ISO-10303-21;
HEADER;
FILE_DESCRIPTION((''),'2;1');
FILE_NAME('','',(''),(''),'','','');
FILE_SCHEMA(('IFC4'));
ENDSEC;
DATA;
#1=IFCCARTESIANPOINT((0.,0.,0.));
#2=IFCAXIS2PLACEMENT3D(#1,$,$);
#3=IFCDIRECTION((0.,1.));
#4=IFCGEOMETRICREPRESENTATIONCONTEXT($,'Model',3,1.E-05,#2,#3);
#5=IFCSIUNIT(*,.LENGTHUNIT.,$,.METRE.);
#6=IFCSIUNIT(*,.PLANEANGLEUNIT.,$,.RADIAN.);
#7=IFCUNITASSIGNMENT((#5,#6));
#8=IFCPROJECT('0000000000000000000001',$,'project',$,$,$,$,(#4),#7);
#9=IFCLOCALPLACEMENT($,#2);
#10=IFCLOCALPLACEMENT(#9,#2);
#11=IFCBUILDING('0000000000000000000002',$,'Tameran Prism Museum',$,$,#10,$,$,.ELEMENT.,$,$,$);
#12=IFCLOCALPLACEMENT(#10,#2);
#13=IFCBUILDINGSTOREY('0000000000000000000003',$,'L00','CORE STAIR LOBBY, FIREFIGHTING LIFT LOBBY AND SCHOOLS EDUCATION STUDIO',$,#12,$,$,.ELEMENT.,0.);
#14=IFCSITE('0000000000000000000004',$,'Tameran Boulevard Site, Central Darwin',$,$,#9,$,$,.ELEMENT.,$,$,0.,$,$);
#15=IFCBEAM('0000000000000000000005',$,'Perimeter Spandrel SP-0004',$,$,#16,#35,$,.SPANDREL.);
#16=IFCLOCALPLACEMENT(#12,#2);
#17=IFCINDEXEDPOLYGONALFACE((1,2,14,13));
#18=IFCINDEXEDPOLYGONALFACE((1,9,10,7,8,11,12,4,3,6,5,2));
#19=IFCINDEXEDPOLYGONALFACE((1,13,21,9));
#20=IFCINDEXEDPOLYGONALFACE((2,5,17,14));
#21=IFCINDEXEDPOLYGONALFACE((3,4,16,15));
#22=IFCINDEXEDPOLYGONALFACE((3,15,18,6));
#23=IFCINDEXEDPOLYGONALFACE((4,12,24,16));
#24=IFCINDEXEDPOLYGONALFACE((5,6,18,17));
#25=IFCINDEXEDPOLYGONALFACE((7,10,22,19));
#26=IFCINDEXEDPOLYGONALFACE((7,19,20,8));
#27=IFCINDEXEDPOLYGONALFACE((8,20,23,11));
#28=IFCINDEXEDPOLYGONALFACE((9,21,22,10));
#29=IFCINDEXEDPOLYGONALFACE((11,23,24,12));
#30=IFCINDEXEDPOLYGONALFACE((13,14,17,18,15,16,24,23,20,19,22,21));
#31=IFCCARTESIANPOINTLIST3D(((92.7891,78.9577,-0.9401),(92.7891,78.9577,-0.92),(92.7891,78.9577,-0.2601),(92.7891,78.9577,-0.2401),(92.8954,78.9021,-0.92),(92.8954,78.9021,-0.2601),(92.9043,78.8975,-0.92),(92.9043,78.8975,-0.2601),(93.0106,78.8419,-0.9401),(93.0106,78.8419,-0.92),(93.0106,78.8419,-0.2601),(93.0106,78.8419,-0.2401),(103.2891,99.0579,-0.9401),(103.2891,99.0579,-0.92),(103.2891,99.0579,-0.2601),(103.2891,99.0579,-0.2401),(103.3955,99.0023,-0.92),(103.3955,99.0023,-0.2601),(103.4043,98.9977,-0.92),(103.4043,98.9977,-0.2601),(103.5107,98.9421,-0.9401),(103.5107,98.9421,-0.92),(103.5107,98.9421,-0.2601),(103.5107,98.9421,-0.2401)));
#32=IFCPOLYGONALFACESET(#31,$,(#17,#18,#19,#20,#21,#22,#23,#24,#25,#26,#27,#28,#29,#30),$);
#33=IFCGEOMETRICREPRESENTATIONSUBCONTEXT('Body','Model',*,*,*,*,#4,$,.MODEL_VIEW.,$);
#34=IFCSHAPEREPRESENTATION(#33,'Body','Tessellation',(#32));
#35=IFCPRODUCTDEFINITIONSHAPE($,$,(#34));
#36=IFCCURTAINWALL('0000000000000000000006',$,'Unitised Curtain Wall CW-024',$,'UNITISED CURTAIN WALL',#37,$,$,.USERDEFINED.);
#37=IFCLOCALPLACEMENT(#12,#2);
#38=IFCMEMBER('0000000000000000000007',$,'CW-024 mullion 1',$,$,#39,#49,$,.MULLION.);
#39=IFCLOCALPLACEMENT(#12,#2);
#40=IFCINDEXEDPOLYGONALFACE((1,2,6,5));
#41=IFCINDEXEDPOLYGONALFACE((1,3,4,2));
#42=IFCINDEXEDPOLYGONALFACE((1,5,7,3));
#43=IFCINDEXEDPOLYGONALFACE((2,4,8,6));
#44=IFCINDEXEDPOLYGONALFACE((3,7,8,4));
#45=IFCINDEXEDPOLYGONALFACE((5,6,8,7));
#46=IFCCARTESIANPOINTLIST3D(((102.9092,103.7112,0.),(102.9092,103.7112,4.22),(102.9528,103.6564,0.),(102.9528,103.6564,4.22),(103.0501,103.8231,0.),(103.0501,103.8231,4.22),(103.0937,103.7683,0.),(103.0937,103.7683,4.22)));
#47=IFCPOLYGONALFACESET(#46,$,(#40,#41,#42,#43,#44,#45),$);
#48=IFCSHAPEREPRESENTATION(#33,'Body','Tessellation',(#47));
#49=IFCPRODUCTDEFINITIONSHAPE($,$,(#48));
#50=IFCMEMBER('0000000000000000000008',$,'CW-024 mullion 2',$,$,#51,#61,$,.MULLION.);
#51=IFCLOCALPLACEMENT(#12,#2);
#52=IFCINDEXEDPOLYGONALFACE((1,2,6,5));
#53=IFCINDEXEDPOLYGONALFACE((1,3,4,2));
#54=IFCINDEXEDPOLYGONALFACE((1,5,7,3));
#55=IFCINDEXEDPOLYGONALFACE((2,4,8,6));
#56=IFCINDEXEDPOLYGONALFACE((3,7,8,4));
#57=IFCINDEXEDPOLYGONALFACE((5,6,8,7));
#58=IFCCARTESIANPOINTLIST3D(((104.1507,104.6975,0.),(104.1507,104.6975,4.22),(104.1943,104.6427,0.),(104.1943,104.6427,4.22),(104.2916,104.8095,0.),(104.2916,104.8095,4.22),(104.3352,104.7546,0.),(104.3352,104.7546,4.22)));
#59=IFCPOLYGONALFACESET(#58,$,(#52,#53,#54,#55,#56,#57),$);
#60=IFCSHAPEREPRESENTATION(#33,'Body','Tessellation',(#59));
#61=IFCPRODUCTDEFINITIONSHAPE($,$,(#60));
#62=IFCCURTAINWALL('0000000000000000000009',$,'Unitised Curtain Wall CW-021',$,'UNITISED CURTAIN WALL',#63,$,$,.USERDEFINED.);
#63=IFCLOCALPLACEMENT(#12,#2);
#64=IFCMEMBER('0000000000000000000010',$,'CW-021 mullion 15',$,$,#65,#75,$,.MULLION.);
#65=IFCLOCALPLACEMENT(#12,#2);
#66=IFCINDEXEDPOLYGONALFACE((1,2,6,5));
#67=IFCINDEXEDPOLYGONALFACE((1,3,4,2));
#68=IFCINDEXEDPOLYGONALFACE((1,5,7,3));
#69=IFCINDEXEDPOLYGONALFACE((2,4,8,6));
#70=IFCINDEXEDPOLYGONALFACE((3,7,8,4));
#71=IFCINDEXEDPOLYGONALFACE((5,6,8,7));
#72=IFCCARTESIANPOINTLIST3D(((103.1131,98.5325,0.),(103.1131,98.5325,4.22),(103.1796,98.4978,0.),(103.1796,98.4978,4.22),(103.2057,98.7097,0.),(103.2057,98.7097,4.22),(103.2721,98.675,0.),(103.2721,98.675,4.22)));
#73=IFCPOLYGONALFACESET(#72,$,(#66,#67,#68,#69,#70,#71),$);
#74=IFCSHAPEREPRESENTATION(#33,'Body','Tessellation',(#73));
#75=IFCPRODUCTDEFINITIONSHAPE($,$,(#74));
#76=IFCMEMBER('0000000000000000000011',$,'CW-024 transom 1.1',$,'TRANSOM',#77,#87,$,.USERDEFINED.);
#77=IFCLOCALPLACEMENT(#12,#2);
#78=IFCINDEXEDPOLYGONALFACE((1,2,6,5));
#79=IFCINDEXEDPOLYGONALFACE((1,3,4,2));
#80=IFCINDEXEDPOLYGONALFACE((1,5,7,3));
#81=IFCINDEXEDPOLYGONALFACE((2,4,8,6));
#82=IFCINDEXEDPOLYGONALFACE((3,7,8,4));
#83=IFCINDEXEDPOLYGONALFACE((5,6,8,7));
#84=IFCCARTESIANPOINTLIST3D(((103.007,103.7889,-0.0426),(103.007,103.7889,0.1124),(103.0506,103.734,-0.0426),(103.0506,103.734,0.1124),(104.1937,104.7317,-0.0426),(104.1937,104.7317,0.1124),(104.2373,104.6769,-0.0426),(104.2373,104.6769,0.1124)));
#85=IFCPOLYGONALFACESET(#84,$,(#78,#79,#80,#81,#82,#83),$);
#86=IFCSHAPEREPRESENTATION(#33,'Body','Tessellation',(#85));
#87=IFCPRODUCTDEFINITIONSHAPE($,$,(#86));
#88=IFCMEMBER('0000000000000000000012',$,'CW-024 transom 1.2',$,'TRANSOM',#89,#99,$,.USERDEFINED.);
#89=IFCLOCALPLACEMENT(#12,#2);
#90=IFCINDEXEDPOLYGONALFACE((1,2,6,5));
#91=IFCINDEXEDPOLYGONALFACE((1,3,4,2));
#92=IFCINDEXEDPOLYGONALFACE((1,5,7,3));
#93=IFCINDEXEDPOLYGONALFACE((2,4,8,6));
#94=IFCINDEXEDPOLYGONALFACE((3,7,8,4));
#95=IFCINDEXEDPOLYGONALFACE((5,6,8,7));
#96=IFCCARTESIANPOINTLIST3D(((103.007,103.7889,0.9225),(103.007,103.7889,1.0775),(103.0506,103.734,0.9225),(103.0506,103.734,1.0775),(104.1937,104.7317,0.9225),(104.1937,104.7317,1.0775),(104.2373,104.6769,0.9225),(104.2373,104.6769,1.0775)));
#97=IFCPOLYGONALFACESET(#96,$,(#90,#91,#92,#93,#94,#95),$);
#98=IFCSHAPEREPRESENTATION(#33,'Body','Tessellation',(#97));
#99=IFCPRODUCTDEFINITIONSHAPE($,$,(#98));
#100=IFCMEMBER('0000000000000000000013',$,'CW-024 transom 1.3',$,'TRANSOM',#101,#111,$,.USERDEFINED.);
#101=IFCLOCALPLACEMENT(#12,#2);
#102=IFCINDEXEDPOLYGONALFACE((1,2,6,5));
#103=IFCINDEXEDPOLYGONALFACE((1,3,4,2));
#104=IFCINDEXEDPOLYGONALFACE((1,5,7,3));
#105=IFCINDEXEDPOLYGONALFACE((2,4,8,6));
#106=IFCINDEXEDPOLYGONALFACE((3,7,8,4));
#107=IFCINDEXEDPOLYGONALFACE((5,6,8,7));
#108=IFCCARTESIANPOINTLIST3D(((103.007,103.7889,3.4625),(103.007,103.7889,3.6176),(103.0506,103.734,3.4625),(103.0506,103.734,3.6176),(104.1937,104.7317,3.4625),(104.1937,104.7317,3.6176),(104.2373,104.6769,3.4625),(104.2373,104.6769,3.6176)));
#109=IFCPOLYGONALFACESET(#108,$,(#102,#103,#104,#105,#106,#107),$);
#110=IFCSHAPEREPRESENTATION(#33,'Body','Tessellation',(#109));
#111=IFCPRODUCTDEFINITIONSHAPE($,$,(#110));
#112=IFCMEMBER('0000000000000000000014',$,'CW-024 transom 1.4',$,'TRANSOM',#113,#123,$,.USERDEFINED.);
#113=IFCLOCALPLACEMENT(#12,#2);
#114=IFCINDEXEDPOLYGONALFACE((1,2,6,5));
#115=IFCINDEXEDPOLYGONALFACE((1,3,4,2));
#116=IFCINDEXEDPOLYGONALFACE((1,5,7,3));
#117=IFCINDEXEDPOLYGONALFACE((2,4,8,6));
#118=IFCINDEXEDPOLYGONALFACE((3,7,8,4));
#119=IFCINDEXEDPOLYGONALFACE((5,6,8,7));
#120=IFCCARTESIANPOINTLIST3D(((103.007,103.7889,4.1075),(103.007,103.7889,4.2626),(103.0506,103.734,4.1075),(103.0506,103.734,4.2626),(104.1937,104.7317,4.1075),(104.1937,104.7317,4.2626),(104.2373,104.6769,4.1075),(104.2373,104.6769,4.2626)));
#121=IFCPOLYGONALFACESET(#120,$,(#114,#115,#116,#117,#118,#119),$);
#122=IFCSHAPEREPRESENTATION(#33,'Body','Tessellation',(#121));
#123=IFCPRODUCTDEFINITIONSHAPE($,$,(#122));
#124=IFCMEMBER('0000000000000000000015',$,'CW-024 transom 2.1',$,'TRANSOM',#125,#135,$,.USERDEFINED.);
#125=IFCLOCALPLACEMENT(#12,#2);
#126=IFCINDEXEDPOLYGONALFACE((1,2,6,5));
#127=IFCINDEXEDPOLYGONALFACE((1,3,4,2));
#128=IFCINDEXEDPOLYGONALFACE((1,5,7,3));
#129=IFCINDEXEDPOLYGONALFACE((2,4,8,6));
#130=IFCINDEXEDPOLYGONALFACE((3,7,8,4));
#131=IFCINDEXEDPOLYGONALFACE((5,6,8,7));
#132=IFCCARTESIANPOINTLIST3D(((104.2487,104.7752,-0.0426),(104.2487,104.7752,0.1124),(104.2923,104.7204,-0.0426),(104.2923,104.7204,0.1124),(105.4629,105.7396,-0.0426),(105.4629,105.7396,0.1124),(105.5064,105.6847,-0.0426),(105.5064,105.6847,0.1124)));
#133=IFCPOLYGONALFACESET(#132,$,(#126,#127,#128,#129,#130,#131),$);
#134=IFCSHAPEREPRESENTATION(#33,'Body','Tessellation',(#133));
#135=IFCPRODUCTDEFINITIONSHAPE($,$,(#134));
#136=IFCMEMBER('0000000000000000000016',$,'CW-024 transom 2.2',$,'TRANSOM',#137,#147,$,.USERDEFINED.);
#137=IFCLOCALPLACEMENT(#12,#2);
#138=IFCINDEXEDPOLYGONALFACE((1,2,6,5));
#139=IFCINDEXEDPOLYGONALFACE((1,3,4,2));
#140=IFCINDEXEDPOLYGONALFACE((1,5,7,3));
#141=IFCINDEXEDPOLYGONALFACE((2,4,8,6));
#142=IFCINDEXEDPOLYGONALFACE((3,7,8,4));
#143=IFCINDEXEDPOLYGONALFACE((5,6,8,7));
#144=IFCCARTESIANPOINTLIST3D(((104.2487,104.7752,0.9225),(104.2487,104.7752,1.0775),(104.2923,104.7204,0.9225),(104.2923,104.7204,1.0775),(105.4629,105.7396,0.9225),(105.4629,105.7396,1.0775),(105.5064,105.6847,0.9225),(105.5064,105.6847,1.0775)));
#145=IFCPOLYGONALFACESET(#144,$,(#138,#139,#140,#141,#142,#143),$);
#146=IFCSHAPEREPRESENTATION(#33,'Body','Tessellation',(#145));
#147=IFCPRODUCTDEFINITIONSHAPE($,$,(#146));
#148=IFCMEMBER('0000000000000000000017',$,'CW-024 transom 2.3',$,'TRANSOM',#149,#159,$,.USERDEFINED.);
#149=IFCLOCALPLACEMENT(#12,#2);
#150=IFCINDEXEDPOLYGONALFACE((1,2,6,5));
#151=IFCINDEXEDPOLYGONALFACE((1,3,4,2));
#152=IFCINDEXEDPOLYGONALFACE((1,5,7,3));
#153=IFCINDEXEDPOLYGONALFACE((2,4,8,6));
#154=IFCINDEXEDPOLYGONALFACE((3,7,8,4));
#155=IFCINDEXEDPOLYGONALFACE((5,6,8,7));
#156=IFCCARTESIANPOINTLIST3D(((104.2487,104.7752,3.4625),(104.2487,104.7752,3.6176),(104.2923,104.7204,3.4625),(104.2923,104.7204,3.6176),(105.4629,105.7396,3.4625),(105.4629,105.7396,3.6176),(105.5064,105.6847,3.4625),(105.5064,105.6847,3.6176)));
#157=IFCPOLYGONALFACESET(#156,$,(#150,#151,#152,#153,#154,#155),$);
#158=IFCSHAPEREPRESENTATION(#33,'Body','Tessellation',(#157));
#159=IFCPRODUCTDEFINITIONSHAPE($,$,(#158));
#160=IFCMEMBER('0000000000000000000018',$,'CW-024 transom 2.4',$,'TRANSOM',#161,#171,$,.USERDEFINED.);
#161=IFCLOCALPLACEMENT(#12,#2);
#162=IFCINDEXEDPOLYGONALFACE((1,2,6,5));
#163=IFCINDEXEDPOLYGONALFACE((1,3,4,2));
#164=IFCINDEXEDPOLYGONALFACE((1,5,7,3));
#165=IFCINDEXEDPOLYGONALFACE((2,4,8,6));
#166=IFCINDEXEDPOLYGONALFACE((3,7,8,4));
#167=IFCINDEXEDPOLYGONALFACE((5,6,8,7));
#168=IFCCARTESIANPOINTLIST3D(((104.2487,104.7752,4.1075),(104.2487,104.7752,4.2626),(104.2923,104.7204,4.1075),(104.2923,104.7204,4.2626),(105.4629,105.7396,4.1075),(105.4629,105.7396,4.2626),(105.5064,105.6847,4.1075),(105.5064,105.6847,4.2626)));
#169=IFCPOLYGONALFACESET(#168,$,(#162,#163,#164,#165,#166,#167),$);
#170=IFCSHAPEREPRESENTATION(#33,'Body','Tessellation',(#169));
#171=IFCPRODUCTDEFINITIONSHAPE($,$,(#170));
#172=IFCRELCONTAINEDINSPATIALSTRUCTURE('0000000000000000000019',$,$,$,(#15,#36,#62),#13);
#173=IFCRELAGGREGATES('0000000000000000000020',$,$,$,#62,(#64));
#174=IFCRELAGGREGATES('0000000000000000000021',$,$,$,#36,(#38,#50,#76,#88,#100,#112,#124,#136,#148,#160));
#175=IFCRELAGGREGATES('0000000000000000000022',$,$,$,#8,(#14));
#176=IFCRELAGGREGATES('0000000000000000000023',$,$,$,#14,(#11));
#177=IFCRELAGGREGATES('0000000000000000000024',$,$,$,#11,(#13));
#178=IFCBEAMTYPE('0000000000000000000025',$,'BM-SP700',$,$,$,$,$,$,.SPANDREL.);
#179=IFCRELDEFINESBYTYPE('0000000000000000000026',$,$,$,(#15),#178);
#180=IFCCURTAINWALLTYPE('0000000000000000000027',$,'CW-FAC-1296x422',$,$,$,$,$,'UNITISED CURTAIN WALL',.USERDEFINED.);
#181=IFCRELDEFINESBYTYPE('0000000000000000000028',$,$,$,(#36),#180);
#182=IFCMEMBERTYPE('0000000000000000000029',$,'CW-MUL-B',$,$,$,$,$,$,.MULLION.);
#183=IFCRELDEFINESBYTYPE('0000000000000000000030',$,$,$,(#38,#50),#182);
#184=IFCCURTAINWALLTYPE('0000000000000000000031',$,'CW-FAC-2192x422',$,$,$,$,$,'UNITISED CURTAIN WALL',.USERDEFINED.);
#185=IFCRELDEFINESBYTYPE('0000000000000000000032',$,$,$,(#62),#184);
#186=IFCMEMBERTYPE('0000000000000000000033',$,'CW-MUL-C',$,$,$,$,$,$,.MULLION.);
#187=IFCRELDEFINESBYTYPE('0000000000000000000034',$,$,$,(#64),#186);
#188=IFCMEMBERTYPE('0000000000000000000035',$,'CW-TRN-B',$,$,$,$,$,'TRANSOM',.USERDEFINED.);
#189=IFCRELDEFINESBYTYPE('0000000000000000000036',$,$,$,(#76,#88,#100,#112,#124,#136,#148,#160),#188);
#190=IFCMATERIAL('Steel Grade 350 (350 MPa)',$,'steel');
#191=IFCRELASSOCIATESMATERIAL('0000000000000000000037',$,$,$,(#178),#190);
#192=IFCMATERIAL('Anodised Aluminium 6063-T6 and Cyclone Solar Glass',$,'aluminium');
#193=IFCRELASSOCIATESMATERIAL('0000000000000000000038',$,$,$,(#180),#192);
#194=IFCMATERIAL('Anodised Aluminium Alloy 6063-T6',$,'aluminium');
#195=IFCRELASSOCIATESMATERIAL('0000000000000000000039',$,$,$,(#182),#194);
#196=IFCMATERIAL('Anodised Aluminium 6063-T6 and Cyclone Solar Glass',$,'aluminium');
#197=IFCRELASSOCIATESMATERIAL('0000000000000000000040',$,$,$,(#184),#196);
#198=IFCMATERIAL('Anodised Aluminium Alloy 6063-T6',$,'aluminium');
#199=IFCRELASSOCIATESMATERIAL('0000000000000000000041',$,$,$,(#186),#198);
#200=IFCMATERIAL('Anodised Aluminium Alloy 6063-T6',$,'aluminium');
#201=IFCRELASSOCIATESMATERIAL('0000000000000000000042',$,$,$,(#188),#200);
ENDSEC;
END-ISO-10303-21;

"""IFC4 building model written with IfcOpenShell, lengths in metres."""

from ifc_helpers import new_model, si_unit, direction, frame, origin, origin_2d, place, context, subcontext, project, spatial, rectangle, i_section, extrude, material, material_profile, profile_set, type_object, element, aggregate, save


model = new_model("IFC4")

# Units and contexts
model_context = context("Model", 3, precision=1e-05, world=origin(), true_north=direction((0.0, 1.0)))
body_context = subcontext(model_context, "Body", "Model", "MODEL_VIEW")
ifc_project = project(units=[si_unit("LENGTHUNIT", "METRE"), si_unit("PLANEANGLEUNIT", "RADIAN")], contexts=[model_context])

# Site, building, storey
site_placement = place(None, origin())
site = spatial("IfcSite", under=ifc_project, at=site_placement, Name="Tameran Boulevard Site, Central Darwin", CompositionType="ELEMENT", RefElevation=0.0)
building_placement = place(site_placement, origin())
building = spatial("IfcBuilding", under=site, at=building_placement, Name="Tameran Prism Museum", CompositionType="ELEMENT")
storey_placement = place(building_placement, origin())
storey = spatial("IfcBuildingStorey", under=building, at=storey_placement, Name="L00", Description="CORE STAIR LOBBY, FIREFIGHTING LIFT LOBBY AND SCHOOLS EDUCATION STUDIO", CompositionType="ELEMENT", Elevation=0.0)

# Beam
ifc_material_1 = material(Name="Steel Grade 350 (350 MPa)", Category="steel")
ifc_material_profile_1 = material_profile(ifc_material_1, i_section(OverallWidth=0.25, OverallDepth=0.7, WebThickness=0.01, FlangeThickness=0.02, at=origin_2d()))
ifc_profile_set_1 = profile_set([ifc_material_profile_1])
beam_type_1 = type_object("IfcBeamType", Name="BM-SP700", PredefinedType="SPANDREL", material=ifc_profile_set_1)
beam_1_placement = place(storey_placement, frame((103.3999, 99.0, -0.5901), z_axis=(-0.463016, -0.88635, 0.0), x_axis=(0.88635, -0.463016, 0.0)))
element("IfcBeam", 1, at=beam_1_placement, inside=storey, type_object=beam_type_1, Name="Perimeter Spandrel SP-0004", PredefinedType="SPANDREL", context=body_context, shape_type="SweptSolid", body=[
    extrude(i_section(OverallWidth=0.25, OverallDepth=0.7, WebThickness=0.01, FlangeThickness=0.02, at=origin_2d()), origin(), (0.0, 0.0, 1.0), 22.6775),
])

# Curtain wall, members
ifc_material_2 = material(Name="Anodised Aluminium 6063-T6 and Cyclone Solar Glass", Category="aluminium")
curtain_wall_type_1 = type_object("IfcCurtainWallType", Name="CW-FAC-1296x422", ElementType="UNITISED CURTAIN WALL", PredefinedType="USERDEFINED", material=ifc_material_2)
curtain_wall_1_placement = place(storey_placement, origin())
curtain_wall_1 = element("IfcCurtainWall", 2, at=curtain_wall_1_placement, inside=storey, type_object=curtain_wall_type_1, Name="Unitised Curtain Wall CW-024", ObjectType="UNITISED CURTAIN WALL", PredefinedType="USERDEFINED")
ifc_material_3 = material(Name="Anodised Aluminium Alloy 6063-T6", Category="aluminium")
ifc_material_profile_2 = material_profile(ifc_material_3, rectangle(XDim=0.0701, YDim=0.1799, at=origin_2d()))
ifc_profile_set_2 = profile_set([ifc_material_profile_2])
member_type_1 = type_object("IfcMemberType", Name="CW-MUL-B", PredefinedType="MULLION", material=ifc_profile_set_2)
member_1_placement = place(storey_placement, frame((103.0015, 103.7397, 0.0), z_axis=(0.0, 0.0, 1.0), x_axis=(-0.621982, 0.783031, 0.0)))
member_1 = element("IfcMember", 3, at=member_1_placement, type_object=member_type_1, Name="CW-024 mullion 1", PredefinedType="MULLION", context=body_context, shape_type="SweptSolid", body=[
    extrude(rectangle(XDim=0.0701, YDim=0.1799, at=origin_2d()), origin(), (0.0, 0.0, 1.0), 4.22),
])
member_2_placement = place(storey_placement, frame((104.2429, 104.7261, 0.0), z_axis=(0.0, 0.0, 1.0), x_axis=(-0.621982, 0.783031, 0.0)))
member_2 = element("IfcMember", 4, at=member_2_placement, type_object=member_type_1, Name="CW-024 mullion 2", PredefinedType="MULLION", context=body_context, shape_type="SweptSolid", body=[
    extrude(rectangle(XDim=0.0701, YDim=0.1799, at=origin_2d()), origin(), (0.0, 0.0, 1.0), 4.22),
])

# Curtain wall, member
ifc_material_4 = material(Name="Anodised Aluminium 6063-T6 and Cyclone Solar Glass", Category="aluminium")
curtain_wall_type_2 = type_object("IfcCurtainWallType", Name="CW-FAC-2192x422", ElementType="UNITISED CURTAIN WALL", PredefinedType="USERDEFINED", material=ifc_material_4)
curtain_wall_2_placement = place(storey_placement, origin())
curtain_wall_2 = element("IfcCurtainWall", 5, at=curtain_wall_2_placement, inside=storey, type_object=curtain_wall_type_2, Name="Unitised Curtain Wall CW-021", ObjectType="UNITISED CURTAIN WALL", PredefinedType="USERDEFINED")
ifc_material_5 = material(Name="Anodised Aluminium Alloy 6063-T6", Category="aluminium")
ifc_material_profile_3 = material_profile(ifc_material_5, rectangle(XDim=0.075, YDim=0.2, at=origin_2d()))
ifc_profile_set_3 = profile_set([ifc_material_profile_3])
member_type_2 = type_object("IfcMemberType", Name="CW-MUL-C", PredefinedType="MULLION", material=ifc_profile_set_3)
member_3_placement = place(storey_placement, frame((103.1926, 98.6038, 0.0), z_axis=(0.0, 0.0, 1.0), x_axis=(-0.886357, 0.463003, 0.0)))
member_3 = element("IfcMember", 6, at=member_3_placement, type_object=member_type_2, Name="CW-021 mullion 15", PredefinedType="MULLION", context=body_context, shape_type="SweptSolid", body=[
    extrude(rectangle(XDim=0.075, YDim=0.2, at=origin_2d()), origin(), (0.0, 0.0, 1.0), 4.22),
])

# Members
ifc_material_6 = material(Name="Anodised Aluminium Alloy 6063-T6", Category="aluminium")
ifc_material_profile_4 = material_profile(ifc_material_6, rectangle(XDim=0.0701, YDim=0.155, at=origin_2d()))
ifc_profile_set_4 = profile_set([ifc_material_profile_4])
member_type_3 = type_object("IfcMemberType", Name="CW-TRN-B", ElementType="TRANSOM", PredefinedType="USERDEFINED", material=ifc_profile_set_4)
member_4_placement = place(storey_placement, frame((103.0288, 103.7615, 0.0349), z_axis=(0.78297, 0.622059, 0.0), x_axis=(-0.622059, 0.78297, 0.0)))
member_4 = element("IfcMember", 7, at=member_4_placement, type_object=member_type_3, Name="CW-024 transom 1.1", ObjectType="TRANSOM", PredefinedType="USERDEFINED", context=body_context, shape_type="SweptSolid", body=[
    extrude(rectangle(XDim=0.0701, YDim=0.155, at=origin_2d()), origin(), (0.0, 0.0, 1.0), 1.5156),
])
member_5_placement = place(storey_placement, frame((103.0288, 103.7615, 1.0), z_axis=(0.78297, 0.622059, 0.0), x_axis=(-0.622059, 0.78297, 0.0)))
member_5 = element("IfcMember", 8, at=member_5_placement, type_object=member_type_3, Name="CW-024 transom 1.2", ObjectType="TRANSOM", PredefinedType="USERDEFINED", context=body_context, shape_type="SweptSolid", body=[
    extrude(rectangle(XDim=0.0701, YDim=0.155, at=origin_2d()), origin(), (0.0, 0.0, 1.0), 1.5156),
])
member_6_placement = place(storey_placement, frame((103.0288, 103.7615, 3.54), z_axis=(0.78297, 0.622059, 0.0), x_axis=(-0.622059, 0.78297, 0.0)))
member_6 = element("IfcMember", 9, at=member_6_placement, type_object=member_type_3, Name="CW-024 transom 1.3", ObjectType="TRANSOM", PredefinedType="USERDEFINED", context=body_context, shape_type="SweptSolid", body=[
    extrude(rectangle(XDim=0.0701, YDim=0.155, at=origin_2d()), origin(), (0.0, 0.0, 1.0), 1.5156),
])
member_7_placement = place(storey_placement, frame((103.0288, 103.7615, 4.1851), z_axis=(0.78297, 0.622059, 0.0), x_axis=(-0.622059, 0.78297, 0.0)))
member_7 = element("IfcMember", 10, at=member_7_placement, type_object=member_type_3, Name="CW-024 transom 1.4", ObjectType="TRANSOM", PredefinedType="USERDEFINED", context=body_context, shape_type="SweptSolid", body=[
    extrude(rectangle(XDim=0.0701, YDim=0.155, at=origin_2d()), origin(), (0.0, 0.0, 1.0), 1.5156),
])
member_8_placement = place(storey_placement, frame((104.2705, 104.7478, 0.0349), z_axis=(0.783045, 0.621965, 0.0), x_axis=(-0.621965, 0.783045, 0.0)))
member_8 = element("IfcMember", 11, at=member_8_placement, type_object=member_type_3, Name="CW-024 transom 2.1", ObjectType="TRANSOM", PredefinedType="USERDEFINED", context=body_context, shape_type="SweptSolid", body=[
    extrude(rectangle(XDim=0.0701, YDim=0.155, at=origin_2d()), origin(), (0.0, 0.0, 1.0), 1.5505),
])
member_9_placement = place(storey_placement, frame((104.2705, 104.7478, 1.0), z_axis=(0.783045, 0.621965, 0.0), x_axis=(-0.621965, 0.783045, 0.0)))
member_9 = element("IfcMember", 12, at=member_9_placement, type_object=member_type_3, Name="CW-024 transom 2.2", ObjectType="TRANSOM", PredefinedType="USERDEFINED", context=body_context, shape_type="SweptSolid", body=[
    extrude(rectangle(XDim=0.0701, YDim=0.155, at=origin_2d()), origin(), (0.0, 0.0, 1.0), 1.5505),
])
member_10_placement = place(storey_placement, frame((104.2705, 104.7478, 3.54), z_axis=(0.783045, 0.621965, 0.0), x_axis=(-0.621965, 0.783045, 0.0)))
member_10 = element("IfcMember", 13, at=member_10_placement, type_object=member_type_3, Name="CW-024 transom 2.3", ObjectType="TRANSOM", PredefinedType="USERDEFINED", context=body_context, shape_type="SweptSolid", body=[
    extrude(rectangle(XDim=0.0701, YDim=0.155, at=origin_2d()), origin(), (0.0, 0.0, 1.0), 1.5505),
])
member_11_placement = place(storey_placement, frame((104.2705, 104.7478, 4.1851), z_axis=(0.783045, 0.621965, 0.0), x_axis=(-0.621965, 0.783045, 0.0)))
member_11 = element("IfcMember", 14, at=member_11_placement, type_object=member_type_3, Name="CW-024 transom 2.4", ObjectType="TRANSOM", PredefinedType="USERDEFINED", context=body_context, shape_type="SweptSolid", body=[
    extrude(rectangle(XDim=0.0701, YDim=0.155, at=origin_2d()), origin(), (0.0, 0.0, 1.0), 1.5505),
])

aggregate(curtain_wall_2, [member_3])
aggregate(curtain_wall_1, [member_1, member_2, member_4, member_5, member_6, member_7, member_8, member_9, member_10, member_11])

save(model, "model.ifc")
